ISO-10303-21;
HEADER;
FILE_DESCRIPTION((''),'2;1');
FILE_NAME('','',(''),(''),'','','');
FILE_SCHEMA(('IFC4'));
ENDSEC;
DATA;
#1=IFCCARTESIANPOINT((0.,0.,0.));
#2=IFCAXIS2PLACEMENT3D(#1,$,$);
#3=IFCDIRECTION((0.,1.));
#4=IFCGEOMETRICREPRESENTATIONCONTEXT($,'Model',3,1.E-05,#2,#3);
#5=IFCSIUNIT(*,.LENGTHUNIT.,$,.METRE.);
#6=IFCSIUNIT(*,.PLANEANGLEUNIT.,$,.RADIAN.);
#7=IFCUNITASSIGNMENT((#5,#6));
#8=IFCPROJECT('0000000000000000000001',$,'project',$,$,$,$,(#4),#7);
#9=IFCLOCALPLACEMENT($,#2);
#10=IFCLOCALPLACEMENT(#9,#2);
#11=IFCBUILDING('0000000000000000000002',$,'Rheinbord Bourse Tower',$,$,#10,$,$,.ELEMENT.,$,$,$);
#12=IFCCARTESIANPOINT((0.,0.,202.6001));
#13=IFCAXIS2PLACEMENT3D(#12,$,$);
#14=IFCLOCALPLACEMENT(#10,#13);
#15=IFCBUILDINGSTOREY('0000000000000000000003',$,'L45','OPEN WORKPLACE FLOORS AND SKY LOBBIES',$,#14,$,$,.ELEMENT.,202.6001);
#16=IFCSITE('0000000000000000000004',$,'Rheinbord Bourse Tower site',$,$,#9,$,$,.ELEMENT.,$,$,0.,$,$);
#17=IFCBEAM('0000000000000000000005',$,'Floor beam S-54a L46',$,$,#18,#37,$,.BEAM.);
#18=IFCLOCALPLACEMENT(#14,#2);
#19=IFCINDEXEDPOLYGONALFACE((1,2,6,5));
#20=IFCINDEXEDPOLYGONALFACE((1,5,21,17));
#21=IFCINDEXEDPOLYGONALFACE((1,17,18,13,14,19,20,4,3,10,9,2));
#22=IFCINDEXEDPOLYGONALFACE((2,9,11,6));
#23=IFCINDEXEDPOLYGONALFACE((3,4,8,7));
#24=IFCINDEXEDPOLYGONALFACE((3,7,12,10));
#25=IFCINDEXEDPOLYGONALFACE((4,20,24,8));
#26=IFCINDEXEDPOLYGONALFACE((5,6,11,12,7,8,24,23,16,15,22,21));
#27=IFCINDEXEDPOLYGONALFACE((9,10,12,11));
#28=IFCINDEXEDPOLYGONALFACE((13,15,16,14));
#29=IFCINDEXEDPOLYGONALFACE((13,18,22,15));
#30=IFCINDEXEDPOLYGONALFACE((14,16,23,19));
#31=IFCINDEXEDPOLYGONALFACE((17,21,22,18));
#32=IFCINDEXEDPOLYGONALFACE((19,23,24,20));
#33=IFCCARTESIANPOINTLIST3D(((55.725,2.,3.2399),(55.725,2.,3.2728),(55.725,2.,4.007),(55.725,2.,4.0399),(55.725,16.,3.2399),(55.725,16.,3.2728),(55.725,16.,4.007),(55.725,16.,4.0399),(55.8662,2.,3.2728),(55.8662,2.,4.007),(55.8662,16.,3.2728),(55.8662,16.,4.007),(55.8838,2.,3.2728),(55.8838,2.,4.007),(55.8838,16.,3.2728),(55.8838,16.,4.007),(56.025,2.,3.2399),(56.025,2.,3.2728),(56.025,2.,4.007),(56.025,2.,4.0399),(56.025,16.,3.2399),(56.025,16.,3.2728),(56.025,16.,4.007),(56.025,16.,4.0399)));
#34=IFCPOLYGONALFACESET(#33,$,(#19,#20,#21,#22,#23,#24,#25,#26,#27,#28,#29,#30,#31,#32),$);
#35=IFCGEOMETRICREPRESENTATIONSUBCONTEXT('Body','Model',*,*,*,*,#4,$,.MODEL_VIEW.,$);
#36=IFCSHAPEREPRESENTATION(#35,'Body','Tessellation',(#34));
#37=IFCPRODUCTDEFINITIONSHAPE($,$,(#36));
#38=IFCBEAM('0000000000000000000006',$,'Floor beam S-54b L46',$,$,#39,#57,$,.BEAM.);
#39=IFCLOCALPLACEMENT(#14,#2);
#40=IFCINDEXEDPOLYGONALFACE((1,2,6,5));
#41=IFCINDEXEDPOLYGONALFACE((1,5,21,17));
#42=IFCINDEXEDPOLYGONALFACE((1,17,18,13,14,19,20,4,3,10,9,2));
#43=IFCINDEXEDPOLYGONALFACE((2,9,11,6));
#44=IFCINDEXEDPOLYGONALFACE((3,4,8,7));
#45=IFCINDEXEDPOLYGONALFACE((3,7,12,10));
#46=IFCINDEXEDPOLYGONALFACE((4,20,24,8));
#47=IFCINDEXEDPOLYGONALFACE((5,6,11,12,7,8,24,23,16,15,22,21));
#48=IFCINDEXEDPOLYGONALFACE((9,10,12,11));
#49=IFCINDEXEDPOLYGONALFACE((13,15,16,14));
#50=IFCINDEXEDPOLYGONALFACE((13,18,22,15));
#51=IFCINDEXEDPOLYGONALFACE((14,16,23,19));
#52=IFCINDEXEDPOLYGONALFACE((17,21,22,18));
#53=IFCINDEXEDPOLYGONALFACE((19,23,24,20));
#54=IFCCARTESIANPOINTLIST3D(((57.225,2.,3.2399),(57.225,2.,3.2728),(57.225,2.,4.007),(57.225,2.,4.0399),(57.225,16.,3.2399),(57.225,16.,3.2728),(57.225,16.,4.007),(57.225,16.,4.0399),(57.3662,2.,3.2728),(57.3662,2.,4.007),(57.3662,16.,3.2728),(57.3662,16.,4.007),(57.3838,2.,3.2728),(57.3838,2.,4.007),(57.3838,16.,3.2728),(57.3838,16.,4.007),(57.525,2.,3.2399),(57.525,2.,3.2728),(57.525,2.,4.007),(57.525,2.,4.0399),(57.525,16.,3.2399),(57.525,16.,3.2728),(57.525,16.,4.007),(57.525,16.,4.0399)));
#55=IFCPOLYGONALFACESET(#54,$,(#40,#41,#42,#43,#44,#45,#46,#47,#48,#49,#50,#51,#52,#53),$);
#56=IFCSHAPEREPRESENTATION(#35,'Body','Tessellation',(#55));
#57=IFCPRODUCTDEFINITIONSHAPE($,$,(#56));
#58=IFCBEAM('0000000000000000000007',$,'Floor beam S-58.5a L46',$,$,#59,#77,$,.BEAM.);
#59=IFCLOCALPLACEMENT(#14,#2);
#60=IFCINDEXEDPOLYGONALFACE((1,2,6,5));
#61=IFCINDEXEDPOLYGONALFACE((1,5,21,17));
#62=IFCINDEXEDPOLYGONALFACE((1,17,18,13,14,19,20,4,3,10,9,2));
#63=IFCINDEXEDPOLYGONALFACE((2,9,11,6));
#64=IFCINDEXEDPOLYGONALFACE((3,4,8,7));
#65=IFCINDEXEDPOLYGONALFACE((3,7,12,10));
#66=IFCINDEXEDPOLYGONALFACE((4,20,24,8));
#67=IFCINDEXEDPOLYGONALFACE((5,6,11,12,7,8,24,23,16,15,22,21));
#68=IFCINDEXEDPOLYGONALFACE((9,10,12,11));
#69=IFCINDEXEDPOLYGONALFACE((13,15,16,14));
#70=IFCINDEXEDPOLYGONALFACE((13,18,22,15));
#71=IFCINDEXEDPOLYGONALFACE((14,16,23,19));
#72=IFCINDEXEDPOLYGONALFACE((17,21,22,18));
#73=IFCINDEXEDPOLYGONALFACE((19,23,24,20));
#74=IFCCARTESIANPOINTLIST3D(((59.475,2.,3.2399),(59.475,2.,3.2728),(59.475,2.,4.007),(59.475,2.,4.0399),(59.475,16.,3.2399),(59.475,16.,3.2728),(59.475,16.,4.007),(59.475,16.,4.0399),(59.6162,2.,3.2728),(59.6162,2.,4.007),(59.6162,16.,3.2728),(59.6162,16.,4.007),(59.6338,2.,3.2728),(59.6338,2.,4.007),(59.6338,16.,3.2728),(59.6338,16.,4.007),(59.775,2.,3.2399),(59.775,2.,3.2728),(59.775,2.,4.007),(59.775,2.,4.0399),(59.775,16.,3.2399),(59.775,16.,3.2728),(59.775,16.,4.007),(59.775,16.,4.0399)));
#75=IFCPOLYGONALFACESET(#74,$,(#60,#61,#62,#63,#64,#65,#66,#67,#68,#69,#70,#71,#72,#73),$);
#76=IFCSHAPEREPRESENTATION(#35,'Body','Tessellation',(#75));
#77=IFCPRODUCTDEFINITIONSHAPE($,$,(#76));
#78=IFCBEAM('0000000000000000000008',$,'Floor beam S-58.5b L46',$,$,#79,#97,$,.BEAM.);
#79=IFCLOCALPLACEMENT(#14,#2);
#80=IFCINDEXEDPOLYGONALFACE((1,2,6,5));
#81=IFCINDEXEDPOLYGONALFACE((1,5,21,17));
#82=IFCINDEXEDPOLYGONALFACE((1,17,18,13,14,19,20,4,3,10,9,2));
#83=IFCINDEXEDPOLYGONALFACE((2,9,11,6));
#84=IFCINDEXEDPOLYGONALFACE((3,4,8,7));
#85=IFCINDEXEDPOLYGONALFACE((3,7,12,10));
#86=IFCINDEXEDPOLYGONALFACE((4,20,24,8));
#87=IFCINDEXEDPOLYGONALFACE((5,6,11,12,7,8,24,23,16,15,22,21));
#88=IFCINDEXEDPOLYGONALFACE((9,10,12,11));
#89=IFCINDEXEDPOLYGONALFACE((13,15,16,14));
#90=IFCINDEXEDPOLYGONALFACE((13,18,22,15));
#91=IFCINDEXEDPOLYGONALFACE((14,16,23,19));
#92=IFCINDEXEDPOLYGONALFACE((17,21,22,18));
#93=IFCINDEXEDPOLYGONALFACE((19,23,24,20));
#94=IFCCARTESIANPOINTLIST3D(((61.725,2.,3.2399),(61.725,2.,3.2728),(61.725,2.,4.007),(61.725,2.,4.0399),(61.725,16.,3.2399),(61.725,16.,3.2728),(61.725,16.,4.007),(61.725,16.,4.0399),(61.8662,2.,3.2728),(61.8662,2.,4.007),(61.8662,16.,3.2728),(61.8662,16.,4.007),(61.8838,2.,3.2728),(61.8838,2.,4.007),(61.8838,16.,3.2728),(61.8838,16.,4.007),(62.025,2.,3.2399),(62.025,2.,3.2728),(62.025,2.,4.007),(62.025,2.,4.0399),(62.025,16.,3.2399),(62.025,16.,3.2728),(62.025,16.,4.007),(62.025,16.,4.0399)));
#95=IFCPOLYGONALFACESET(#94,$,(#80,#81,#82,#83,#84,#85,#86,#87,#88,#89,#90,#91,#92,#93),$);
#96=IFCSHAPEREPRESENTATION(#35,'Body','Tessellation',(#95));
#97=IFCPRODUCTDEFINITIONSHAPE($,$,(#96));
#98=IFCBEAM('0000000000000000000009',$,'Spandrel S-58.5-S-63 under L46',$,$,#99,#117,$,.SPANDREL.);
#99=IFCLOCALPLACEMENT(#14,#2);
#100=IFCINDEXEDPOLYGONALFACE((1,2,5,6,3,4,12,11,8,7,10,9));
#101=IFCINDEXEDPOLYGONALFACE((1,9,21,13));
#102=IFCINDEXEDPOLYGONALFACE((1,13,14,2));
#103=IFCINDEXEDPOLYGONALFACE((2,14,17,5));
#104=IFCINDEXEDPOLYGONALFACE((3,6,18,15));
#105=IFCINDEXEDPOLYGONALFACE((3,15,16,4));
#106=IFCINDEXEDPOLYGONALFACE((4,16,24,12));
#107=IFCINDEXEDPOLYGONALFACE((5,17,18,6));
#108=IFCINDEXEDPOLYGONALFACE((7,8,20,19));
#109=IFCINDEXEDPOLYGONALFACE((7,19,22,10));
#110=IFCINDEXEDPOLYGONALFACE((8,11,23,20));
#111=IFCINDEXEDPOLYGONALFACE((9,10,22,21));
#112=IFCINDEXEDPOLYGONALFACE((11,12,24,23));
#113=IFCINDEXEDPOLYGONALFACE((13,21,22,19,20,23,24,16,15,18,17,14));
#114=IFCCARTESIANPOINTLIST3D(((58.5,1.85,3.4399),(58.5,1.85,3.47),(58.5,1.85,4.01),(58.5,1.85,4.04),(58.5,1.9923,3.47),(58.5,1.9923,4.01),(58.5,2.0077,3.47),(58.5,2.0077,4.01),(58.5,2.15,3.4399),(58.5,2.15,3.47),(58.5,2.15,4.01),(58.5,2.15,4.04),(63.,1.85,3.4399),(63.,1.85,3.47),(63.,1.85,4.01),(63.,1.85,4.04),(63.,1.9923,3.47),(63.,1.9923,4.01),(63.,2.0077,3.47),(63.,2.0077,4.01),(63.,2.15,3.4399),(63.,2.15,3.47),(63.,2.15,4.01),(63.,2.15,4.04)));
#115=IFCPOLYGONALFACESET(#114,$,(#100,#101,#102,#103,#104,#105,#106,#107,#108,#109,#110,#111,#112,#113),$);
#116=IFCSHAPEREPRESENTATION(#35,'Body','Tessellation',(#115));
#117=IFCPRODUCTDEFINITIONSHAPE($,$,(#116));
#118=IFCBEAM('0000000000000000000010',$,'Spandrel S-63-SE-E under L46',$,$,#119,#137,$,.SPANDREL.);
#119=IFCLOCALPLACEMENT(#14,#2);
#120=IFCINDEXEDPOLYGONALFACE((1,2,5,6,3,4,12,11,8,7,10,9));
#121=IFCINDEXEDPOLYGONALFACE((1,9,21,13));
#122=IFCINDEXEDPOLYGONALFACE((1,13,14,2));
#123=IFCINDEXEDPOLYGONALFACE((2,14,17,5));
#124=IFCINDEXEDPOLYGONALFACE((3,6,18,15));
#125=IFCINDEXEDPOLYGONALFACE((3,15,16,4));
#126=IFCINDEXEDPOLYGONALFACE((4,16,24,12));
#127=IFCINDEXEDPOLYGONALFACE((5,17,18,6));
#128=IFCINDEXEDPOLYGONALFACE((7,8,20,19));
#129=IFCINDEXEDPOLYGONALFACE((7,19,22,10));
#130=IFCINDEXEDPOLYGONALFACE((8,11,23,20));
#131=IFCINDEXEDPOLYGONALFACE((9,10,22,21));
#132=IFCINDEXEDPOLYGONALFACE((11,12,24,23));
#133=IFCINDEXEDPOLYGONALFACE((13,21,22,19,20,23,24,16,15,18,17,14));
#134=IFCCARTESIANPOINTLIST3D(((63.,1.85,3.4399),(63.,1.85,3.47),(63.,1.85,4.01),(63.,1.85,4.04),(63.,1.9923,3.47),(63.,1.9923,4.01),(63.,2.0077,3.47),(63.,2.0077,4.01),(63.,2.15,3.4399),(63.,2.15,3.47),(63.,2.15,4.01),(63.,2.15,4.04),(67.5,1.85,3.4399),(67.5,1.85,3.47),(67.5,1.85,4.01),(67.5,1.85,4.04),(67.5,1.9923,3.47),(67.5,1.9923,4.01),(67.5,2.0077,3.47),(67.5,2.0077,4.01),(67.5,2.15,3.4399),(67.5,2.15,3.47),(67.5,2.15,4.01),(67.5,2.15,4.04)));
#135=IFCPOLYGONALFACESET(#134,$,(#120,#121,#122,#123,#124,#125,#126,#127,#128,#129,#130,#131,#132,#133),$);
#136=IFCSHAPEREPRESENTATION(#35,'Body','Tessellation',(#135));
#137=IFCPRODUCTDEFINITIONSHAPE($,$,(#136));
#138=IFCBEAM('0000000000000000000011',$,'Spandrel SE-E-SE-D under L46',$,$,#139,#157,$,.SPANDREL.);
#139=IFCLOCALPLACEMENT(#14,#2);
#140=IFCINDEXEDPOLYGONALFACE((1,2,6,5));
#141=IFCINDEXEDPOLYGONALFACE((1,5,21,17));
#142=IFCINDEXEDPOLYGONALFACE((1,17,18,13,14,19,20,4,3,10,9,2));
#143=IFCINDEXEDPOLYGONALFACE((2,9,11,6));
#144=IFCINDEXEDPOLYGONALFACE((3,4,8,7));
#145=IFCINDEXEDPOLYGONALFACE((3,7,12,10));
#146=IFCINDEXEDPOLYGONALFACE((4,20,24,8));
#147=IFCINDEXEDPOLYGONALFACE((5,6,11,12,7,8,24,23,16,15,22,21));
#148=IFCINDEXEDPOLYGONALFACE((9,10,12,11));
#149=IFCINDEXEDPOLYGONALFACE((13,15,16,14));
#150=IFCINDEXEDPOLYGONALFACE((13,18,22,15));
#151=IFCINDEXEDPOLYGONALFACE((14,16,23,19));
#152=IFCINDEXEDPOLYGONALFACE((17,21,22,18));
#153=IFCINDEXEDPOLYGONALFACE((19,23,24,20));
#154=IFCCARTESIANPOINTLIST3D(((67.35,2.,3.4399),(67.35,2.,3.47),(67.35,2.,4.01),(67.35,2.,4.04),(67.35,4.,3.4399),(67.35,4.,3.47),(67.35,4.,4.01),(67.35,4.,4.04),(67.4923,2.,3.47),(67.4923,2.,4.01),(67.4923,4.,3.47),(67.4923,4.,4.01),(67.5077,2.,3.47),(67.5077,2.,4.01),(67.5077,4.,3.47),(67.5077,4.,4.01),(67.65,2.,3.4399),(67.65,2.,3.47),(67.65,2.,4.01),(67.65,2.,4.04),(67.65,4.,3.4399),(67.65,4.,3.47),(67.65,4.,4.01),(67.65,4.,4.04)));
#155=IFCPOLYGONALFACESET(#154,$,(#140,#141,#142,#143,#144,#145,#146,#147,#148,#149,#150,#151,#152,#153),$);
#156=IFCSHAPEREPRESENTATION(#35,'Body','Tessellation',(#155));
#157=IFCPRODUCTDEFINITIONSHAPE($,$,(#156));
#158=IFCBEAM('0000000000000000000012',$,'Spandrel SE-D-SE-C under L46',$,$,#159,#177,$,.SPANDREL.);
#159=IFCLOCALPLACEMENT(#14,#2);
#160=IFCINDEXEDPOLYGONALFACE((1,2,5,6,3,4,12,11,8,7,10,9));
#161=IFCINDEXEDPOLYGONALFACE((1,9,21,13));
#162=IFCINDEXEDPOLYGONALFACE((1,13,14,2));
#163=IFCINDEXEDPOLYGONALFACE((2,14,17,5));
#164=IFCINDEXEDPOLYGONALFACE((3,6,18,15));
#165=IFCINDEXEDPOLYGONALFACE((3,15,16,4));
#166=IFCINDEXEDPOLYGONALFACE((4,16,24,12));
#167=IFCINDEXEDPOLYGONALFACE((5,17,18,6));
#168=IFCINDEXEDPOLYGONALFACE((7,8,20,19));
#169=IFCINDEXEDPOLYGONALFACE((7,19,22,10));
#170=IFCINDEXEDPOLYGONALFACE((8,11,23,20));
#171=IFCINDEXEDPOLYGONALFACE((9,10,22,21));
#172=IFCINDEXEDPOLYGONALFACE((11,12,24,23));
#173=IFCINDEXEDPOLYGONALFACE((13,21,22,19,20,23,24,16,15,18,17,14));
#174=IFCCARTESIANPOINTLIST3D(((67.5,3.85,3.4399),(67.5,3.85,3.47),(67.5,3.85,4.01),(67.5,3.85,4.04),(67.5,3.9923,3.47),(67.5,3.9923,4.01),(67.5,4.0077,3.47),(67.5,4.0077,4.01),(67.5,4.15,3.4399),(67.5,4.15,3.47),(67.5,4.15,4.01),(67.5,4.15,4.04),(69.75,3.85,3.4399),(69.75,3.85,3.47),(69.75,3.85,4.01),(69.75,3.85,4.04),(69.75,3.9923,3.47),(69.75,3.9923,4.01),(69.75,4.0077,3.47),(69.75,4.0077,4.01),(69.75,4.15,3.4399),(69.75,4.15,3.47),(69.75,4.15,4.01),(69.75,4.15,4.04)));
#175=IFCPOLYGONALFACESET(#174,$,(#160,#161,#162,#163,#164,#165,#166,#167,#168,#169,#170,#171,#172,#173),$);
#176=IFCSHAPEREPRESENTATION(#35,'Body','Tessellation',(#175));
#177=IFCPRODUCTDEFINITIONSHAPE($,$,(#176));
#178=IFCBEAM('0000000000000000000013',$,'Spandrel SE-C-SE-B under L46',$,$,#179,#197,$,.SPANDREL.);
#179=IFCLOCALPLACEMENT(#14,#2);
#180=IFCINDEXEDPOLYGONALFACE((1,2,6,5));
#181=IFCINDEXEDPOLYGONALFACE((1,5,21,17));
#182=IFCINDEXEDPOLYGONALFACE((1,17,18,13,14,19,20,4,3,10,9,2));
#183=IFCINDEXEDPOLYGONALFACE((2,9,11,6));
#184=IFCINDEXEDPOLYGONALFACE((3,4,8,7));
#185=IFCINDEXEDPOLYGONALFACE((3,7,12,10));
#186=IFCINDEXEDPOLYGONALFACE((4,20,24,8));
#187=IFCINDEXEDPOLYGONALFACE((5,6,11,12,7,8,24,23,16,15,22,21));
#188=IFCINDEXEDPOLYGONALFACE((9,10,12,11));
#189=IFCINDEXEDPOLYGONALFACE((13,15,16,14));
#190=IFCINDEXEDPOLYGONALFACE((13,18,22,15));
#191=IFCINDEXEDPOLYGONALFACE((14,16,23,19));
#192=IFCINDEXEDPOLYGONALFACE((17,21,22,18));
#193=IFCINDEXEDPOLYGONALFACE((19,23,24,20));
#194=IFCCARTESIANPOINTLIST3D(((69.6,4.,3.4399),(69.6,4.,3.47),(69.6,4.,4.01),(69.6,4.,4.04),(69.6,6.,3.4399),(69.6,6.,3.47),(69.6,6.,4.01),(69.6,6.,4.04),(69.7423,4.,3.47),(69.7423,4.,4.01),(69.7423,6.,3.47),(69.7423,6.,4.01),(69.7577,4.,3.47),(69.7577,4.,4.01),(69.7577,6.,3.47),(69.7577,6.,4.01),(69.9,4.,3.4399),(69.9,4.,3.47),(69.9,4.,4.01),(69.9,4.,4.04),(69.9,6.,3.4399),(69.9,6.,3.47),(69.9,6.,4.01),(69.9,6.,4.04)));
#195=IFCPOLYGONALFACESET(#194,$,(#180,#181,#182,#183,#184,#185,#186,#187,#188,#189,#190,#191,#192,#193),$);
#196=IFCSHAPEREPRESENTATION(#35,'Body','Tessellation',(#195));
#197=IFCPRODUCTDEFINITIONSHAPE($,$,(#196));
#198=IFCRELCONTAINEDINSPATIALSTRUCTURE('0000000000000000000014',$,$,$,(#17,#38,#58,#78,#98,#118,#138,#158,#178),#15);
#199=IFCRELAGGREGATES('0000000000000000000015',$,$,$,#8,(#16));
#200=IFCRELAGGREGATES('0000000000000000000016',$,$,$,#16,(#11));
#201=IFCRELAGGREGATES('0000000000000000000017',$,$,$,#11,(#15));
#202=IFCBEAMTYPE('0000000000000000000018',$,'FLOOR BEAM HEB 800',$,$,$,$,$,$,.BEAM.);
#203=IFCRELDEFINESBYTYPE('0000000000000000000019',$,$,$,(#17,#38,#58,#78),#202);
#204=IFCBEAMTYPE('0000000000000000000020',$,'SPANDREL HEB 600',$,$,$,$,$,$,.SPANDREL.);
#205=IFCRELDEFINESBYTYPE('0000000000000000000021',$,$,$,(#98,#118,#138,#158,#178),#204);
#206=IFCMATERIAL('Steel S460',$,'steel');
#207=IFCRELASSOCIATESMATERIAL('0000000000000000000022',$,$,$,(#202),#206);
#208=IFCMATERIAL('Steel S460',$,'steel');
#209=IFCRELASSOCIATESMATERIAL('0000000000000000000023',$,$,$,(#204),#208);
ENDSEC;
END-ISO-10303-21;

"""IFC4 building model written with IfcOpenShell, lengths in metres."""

from ifc_helpers import new_model, si_unit, direction, frame, origin, origin_2d, place, context, subcontext, project, spatial, i_section, extrude, material, material_profile, profile_set, type_object, element, save


model = new_model("IFC4")

# Units and contexts
model_context = context("Model", 3, precision=1e-05, world=origin(), true_north=direction((0.0, 1.0)))
body_context = subcontext(model_context, "Body", "Model", "MODEL_VIEW")
ifc_project = project(units=[si_unit("LENGTHUNIT", "METRE"), si_unit("PLANEANGLEUNIT", "RADIAN")], contexts=[model_context])

# Site, building, storey
site_placement = place(None, origin())
site = spatial("IfcSite", under=ifc_project, at=site_placement, Name="Rheinbord Bourse Tower site", CompositionType="ELEMENT", RefElevation=0.0)
building_placement = place(site_placement, origin())
building = spatial("IfcBuilding", under=site, at=building_placement, Name="Rheinbord Bourse Tower", CompositionType="ELEMENT")
storey_placement = place(building_placement, frame((0.0, 0.0, 202.6001)))
storey = spatial("IfcBuildingStorey", under=building, at=storey_placement, Name="L45", Description="OPEN WORKPLACE FLOORS AND SKY LOBBIES", CompositionType="ELEMENT", Elevation=202.6001)

# Beams
ifc_material_1 = material(Name="Steel S460", Category="steel")
ifc_material_profile_1 = material_profile(ifc_material_1, i_section(OverallWidth=0.3, OverallDepth=0.8, WebThickness=0.0176, FlangeThickness=0.033, at=origin_2d()), Name="HEB 800")
ifc_profile_set_1 = profile_set([ifc_material_profile_1], Name="Steel S460")
beam_type_1 = type_object("IfcBeamType", Name="FLOOR BEAM HEB 800", PredefinedType="BEAM", material=ifc_profile_set_1)
for number, where, z_axis, x_axis, name in (
    (1, (55.875, 2.0, 3.6399), (0.0, 1.0, 0.0), (-1.0, 0.0, 0.0), "Floor beam S-54a L46"),
    (2, (57.375, 2.0, 3.6399), (0.0, 1.0, 0.0), (-1.0, 0.0, 0.0), "Floor beam S-54b L46"),
    (3, (59.625, 2.0, 3.6399), (0.0, 1.0, 0.0), (-1.0, 0.0, 0.0), "Floor beam S-58.5a L46"),
    (4, (61.875, 2.0, 3.6399), (0.0, 1.0, 0.0), (-1.0, 0.0, 0.0), "Floor beam S-58.5b L46"),
):
    element("IfcBeam", number, at=place(storey_placement, frame(where, z_axis=z_axis, x_axis=x_axis)), inside=storey, type_object=beam_type_1, Name=name, PredefinedType="BEAM", context=body_context, shape_type="SweptSolid", body=[
        extrude(i_section(OverallWidth=0.3, OverallDepth=0.8, WebThickness=0.0176, FlangeThickness=0.033, at=origin_2d()), origin(), (0.0, 0.0, 1.0), 14.0),
    ])
ifc_material_2 = material(Name="Steel S460", Category="steel")
ifc_material_profile_2 = material_profile(ifc_material_2, i_section(OverallWidth=0.3, OverallDepth=0.6001, WebThickness=0.0154, FlangeThickness=0.03, at=origin_2d()), Name="HEB 600")
ifc_profile_set_2 = profile_set([ifc_material_profile_2], Name="Steel S460")
beam_type_2 = type_object("IfcBeamType", Name="SPANDREL HEB 600", PredefinedType="SPANDREL", material=ifc_profile_set_2)
for number, where, z_axis, x_axis, name in (
    (5, (58.5, 2.0, 3.74), (1.0, 0.0, 0.0), (0.0, 1.0, 0.0), "Spandrel S-58.5-S-63 under L46"),
    (6, (63.0, 2.0, 3.74), (1.0, 0.0, 0.0), (0.0, 1.0, 0.0), "Spandrel S-63-SE-E under L46"),
):
    element("IfcBeam", number, at=place(storey_placement, frame(where, z_axis=z_axis, x_axis=x_axis)), inside=storey, type_object=beam_type_2, Name=name, PredefinedType="SPANDREL", context=body_context, shape_type="SweptSolid", body=[
        extrude(i_section(OverallWidth=0.3, OverallDepth=0.6001, WebThickness=0.0154, FlangeThickness=0.03, at=origin_2d()), origin(), (0.0, 0.0, 1.0), 4.5),
    ])
beam_1_placement = place(storey_placement, frame((67.5, 2.0, 3.74), z_axis=(0.0, 1.0, 0.0), x_axis=(-1.0, 0.0, 0.0)))
element("IfcBeam", 7, at=beam_1_placement, inside=storey, type_object=beam_type_2, Name="Spandrel SE-E-SE-D under L46", PredefinedType="SPANDREL", context=body_context, shape_type="SweptSolid", body=[
    extrude(i_section(OverallWidth=0.3, OverallDepth=0.6001, WebThickness=0.0154, FlangeThickness=0.03, at=origin_2d()), origin(), (0.0, 0.0, 1.0), 2.0),
])
beam_2_placement = place(storey_placement, frame((67.5, 4.0, 3.74), z_axis=(1.0, 0.0, 0.0), x_axis=(0.0, 1.0, 0.0)))
element("IfcBeam", 8, at=beam_2_placement, inside=storey, type_object=beam_type_2, Name="Spandrel SE-D-SE-C under L46", PredefinedType="SPANDREL", context=body_context, shape_type="SweptSolid", body=[
    extrude(i_section(OverallWidth=0.3, OverallDepth=0.6001, WebThickness=0.0154, FlangeThickness=0.03, at=origin_2d()), origin(), (0.0, 0.0, 1.0), 2.25),
])
beam_3_placement = place(storey_placement, frame((69.75, 4.0, 3.74), z_axis=(0.0, 1.0, 0.0), x_axis=(-1.0, 0.0, 0.0)))
element("IfcBeam", 9, at=beam_3_placement, inside=storey, type_object=beam_type_2, Name="Spandrel SE-C-SE-B under L46", PredefinedType="SPANDREL", context=body_context, shape_type="SweptSolid", body=[
    extrude(i_section(OverallWidth=0.3, OverallDepth=0.6001, WebThickness=0.0154, FlangeThickness=0.03, at=origin_2d()), origin(), (0.0, 0.0, 1.0), 2.0),
])

save(model, "model.ifc")
